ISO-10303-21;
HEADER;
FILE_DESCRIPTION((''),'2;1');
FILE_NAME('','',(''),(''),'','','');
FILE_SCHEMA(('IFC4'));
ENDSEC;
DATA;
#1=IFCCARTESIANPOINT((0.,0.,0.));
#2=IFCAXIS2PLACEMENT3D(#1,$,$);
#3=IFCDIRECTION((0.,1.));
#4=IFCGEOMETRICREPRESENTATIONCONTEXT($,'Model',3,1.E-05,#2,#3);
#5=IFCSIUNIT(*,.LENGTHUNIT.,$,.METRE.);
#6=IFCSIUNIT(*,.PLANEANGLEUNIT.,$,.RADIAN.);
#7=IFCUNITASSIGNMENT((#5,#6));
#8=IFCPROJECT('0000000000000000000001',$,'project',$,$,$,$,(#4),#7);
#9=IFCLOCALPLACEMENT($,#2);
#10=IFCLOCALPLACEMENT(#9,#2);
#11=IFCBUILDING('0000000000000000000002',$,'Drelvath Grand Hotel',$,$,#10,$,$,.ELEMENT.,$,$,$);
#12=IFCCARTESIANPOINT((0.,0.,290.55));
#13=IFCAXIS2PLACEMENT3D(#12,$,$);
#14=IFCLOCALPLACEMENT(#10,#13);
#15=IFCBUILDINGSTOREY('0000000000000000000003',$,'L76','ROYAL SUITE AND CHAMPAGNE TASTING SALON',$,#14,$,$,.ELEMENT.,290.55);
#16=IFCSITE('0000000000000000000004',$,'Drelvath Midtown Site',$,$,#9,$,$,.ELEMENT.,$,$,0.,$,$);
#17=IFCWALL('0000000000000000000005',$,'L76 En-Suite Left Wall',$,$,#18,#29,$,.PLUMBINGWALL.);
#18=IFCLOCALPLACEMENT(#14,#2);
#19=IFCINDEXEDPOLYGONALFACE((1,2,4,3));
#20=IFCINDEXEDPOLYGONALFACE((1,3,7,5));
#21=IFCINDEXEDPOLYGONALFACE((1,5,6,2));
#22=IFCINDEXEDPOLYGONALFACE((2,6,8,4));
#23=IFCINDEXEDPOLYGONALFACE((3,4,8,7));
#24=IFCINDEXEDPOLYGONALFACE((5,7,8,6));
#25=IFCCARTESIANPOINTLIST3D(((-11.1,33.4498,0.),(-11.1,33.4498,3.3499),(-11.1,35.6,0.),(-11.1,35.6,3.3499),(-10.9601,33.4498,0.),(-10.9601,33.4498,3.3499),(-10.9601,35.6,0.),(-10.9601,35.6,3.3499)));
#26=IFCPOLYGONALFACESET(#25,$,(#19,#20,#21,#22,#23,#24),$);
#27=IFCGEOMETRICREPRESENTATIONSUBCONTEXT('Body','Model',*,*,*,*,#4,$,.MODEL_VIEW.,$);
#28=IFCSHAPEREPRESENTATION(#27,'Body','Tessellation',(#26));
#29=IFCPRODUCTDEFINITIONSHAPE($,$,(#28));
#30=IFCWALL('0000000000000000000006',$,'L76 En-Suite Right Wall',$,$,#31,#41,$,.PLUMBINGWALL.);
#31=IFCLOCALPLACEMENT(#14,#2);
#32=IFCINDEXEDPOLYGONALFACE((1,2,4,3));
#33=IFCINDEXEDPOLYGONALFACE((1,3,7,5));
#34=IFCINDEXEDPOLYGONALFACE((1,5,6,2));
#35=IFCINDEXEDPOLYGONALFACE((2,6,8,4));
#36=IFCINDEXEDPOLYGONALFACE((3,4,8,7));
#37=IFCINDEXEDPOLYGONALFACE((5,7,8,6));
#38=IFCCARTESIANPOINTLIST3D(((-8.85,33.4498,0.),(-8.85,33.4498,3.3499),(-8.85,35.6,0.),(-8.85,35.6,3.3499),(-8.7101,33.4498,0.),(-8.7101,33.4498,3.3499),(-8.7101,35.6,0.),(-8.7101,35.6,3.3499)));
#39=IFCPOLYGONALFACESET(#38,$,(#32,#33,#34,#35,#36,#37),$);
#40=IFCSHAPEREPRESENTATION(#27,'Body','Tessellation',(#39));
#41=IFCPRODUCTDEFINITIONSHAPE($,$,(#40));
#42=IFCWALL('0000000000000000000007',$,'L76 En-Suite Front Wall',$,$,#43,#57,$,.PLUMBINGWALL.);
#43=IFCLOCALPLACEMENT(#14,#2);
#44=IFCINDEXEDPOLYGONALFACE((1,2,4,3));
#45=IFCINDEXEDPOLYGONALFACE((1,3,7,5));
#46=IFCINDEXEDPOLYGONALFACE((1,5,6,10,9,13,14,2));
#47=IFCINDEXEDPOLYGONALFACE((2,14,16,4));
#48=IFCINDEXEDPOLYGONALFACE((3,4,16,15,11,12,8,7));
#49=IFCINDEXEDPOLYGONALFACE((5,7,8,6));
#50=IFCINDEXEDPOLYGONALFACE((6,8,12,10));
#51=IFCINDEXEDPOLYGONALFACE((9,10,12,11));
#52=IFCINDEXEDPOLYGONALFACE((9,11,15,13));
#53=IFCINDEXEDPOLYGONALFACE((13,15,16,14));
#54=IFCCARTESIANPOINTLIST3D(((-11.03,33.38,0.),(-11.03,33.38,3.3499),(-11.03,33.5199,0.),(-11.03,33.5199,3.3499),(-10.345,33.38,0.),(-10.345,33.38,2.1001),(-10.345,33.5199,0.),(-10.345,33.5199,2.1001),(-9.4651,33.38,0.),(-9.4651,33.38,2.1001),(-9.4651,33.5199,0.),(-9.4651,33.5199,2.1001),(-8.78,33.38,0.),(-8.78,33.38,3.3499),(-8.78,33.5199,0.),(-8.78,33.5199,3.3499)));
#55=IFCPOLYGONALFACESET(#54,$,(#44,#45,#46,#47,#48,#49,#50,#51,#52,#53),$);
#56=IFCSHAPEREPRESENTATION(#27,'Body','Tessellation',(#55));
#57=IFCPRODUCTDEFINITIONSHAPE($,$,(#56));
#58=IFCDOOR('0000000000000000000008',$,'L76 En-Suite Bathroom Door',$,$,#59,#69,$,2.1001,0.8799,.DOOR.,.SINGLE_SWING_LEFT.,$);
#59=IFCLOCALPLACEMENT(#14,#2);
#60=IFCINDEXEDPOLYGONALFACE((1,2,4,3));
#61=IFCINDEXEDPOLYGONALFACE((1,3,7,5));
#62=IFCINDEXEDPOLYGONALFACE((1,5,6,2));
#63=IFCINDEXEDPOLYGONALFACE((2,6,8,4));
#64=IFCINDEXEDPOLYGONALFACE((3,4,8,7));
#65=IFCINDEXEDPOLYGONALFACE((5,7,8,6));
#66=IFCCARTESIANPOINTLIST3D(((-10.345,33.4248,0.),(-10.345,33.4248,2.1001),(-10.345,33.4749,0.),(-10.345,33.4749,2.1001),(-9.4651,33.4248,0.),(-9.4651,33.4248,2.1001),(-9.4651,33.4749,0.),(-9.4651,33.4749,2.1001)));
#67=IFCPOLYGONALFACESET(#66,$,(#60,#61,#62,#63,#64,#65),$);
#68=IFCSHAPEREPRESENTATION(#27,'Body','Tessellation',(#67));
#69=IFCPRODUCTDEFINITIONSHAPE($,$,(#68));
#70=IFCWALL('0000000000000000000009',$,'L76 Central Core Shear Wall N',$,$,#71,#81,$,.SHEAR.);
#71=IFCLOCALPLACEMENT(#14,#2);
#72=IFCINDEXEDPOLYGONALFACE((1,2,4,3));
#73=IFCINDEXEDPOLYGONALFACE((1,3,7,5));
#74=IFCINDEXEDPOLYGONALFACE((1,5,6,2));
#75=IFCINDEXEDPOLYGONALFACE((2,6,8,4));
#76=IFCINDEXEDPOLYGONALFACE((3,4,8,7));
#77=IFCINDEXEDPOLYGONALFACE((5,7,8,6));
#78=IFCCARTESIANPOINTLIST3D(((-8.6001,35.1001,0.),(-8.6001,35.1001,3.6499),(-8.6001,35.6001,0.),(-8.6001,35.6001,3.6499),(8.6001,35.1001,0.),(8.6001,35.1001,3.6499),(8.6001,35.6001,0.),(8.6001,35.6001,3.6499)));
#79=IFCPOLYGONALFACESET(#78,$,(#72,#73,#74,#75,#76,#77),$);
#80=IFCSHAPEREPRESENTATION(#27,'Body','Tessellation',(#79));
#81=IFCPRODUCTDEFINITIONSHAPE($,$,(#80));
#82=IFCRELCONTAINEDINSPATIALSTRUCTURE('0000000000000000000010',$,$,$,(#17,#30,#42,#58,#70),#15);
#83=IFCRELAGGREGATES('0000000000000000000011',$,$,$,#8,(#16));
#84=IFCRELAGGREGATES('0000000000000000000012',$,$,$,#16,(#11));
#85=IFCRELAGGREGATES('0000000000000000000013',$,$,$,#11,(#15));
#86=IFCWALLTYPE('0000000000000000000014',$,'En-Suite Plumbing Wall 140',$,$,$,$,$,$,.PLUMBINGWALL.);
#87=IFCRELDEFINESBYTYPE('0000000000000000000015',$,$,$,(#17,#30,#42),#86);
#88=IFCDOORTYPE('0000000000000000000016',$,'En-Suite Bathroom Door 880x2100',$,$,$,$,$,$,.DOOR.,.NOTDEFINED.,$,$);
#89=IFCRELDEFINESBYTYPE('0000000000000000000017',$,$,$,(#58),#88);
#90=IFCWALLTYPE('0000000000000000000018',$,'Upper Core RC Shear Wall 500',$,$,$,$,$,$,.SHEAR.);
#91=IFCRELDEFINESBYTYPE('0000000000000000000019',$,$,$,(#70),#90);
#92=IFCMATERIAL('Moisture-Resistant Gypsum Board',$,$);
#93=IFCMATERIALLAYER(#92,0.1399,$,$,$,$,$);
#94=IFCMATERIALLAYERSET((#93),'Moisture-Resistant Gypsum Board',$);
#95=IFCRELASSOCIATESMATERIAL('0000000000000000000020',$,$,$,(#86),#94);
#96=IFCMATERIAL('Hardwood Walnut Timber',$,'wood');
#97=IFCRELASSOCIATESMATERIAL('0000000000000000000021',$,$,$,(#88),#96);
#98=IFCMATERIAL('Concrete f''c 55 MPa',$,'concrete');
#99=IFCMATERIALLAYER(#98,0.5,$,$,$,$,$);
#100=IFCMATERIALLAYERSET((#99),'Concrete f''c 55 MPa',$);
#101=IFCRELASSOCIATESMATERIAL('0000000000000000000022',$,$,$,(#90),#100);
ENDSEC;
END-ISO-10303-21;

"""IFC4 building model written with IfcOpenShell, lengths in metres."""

from ifc_helpers import new_model, si_unit, direction, frame, frame_2d, origin, place, context, subcontext, project, spatial, rectangle, extrude, material, layer, layer_set, type_object, element, fill, save


model = new_model("IFC4")

# Units and contexts
model_context = context("Model", 3, precision=1e-05, world=origin(), true_north=direction((0.0, 1.0)))
body_context = subcontext(model_context, "Body", "Model", "MODEL_VIEW")
ifc_project = project(units=[si_unit("LENGTHUNIT", "METRE"), si_unit("PLANEANGLEUNIT", "RADIAN")], contexts=[model_context])

# Site, building, storey
site_placement = place(None, origin())
site = spatial("IfcSite", under=ifc_project, at=site_placement, Name="Drelvath Midtown Site", CompositionType="ELEMENT", RefElevation=0.0)
building_placement = place(site_placement, origin())
building = spatial("IfcBuilding", under=site, at=building_placement, Name="Drelvath Grand Hotel", CompositionType="ELEMENT")
storey_placement = place(building_placement, frame((0.0, 0.0, 290.55)))
storey = spatial("IfcBuildingStorey", under=building, at=storey_placement, Name="L76", Description="ROYAL SUITE AND CHAMPAGNE TASTING SALON", CompositionType="ELEMENT", Elevation=290.55)

# Shared definitions
ifc_material_1 = material(Name="Concrete f'c 55 MPa", Category="concrete")

# Shared definitions
ifc_material_2 = material(Name="Hardwood Walnut Timber", Category="wood")

# Walls
ifc_material_3 = material(Name="Moisture-Resistant Gypsum Board")
ifc_layer_1 = layer(ifc_material_3, 0.1399)
ifc_layer_set_1 = layer_set([ifc_layer_1], Name="Moisture-Resistant Gypsum Board")
wall_type_1 = type_object("IfcWallType", Name="En-Suite Plumbing Wall 140", PredefinedType="PLUMBINGWALL", material=ifc_layer_set_1)
for number, where, z_axis, x_axis, name in (
    (1, (-11.03, 35.6001, 0.0), (0.0, 0.0, 1.0), (0.0, -1.0, 0.0), "L76 En-Suite Left Wall"),
    (2, (-8.78, 35.6001, 0.0), (0.0, 0.0, 1.0), (0.0, -1.0, 0.0), "L76 En-Suite Right Wall"),
):
    element("IfcWall", number, at=place(storey_placement, frame(where, z_axis=z_axis, x_axis=x_axis)), inside=storey, type_object=wall_type_1, Name=name, PredefinedType="PLUMBINGWALL", context=body_context, shape_type="SweptSolid", body=[
        extrude(rectangle(XDim=2.1501, YDim=0.1399, at=frame_2d((1.0752, 0.0))), origin(), (0.0, 0.0, 1.0), 3.3499),
    ])

# Wall, opening, door
wall_1_placement = place(storey_placement, frame((-11.03, 33.45, 0.0), z_axis=(0.0, 0.0, 1.0), x_axis=(1.0, 0.0, 0.0)))
wall_1 = element("IfcWall", 3, at=wall_1_placement, inside=storey, type_object=wall_type_1, Name="L76 En-Suite Front Wall", PredefinedType="PLUMBINGWALL", context=body_context, shape_type="SweptSolid", body=[
    extrude(rectangle(XDim=2.25, YDim=0.1399, at=frame_2d((1.125, 0.0))), origin(), (0.0, 0.0, 1.0), 3.3499),
])
opening_1_placement = place(wall_1_placement, frame((0.6851, 0.0, 0.0)))
opening_1 = element("IfcOpeningElement", 4, at=opening_1_placement, cuts=wall_1, PredefinedType="OPENING", context=body_context, shape_type="SweptSolid", body=[
    extrude(rectangle(XDim=0.8799, YDim=2.1001, at=frame_2d((0.4399, 1.05))), frame((0.0, 0.0798, 0.0), z_axis=(0.0, -1.0, 0.0), x_axis=(1.0, 0.0, 0.0)), (0.0, 0.0, 1.0), 0.1599),
])
door_type_1 = type_object("IfcDoorType", Name="En-Suite Bathroom Door 880x2100", OperationType="NOTDEFINED", PredefinedType="DOOR", material=ifc_material_2)
door_1_placement = place(opening_1_placement, origin())
door_1 = element("IfcDoor", 5, at=door_1_placement, inside=storey, type_object=door_type_1, Name="L76 En-Suite Bathroom Door", OperationType="SINGLE_SWING_LEFT", OverallHeight=2.1001, OverallWidth=0.8799, PredefinedType="DOOR", context=body_context, shape_type="SweptSolid", body=[
    extrude(rectangle(XDim=0.8799, YDim=2.1001, at=frame_2d((0.4399, 1.05))), frame((0.0, 0.0249, 0.0), z_axis=(0.0, -1.0, 0.0), x_axis=(1.0, 0.0, 0.0)), (0.0, 0.0, 1.0), 0.05),
])
fill(opening_1, door_1)

# Wall
ifc_layer_2 = layer(ifc_material_1, 0.5)
ifc_layer_set_2 = layer_set([ifc_layer_2], Name="Concrete f'c 55 MPa")
wall_type_2 = type_object("IfcWallType", Name="Upper Core RC Shear Wall 500", PredefinedType="SHEAR", material=ifc_layer_set_2)
wall_2_placement = place(storey_placement, frame((-8.6001, 35.3501, 0.0), z_axis=(0.0, 0.0, 1.0), x_axis=(1.0, 0.0, 0.0)))
element("IfcWall", 6, at=wall_2_placement, inside=storey, type_object=wall_type_2, Name="L76 Central Core Shear Wall N", PredefinedType="SHEAR", context=body_context, shape_type="SweptSolid", body=[
    extrude(rectangle(XDim=17.2002, YDim=0.5, at=frame_2d((8.6001, 0.0))), origin(), (0.0, 0.0, 1.0), 3.6499),
])

save(model, "model.ifc")
